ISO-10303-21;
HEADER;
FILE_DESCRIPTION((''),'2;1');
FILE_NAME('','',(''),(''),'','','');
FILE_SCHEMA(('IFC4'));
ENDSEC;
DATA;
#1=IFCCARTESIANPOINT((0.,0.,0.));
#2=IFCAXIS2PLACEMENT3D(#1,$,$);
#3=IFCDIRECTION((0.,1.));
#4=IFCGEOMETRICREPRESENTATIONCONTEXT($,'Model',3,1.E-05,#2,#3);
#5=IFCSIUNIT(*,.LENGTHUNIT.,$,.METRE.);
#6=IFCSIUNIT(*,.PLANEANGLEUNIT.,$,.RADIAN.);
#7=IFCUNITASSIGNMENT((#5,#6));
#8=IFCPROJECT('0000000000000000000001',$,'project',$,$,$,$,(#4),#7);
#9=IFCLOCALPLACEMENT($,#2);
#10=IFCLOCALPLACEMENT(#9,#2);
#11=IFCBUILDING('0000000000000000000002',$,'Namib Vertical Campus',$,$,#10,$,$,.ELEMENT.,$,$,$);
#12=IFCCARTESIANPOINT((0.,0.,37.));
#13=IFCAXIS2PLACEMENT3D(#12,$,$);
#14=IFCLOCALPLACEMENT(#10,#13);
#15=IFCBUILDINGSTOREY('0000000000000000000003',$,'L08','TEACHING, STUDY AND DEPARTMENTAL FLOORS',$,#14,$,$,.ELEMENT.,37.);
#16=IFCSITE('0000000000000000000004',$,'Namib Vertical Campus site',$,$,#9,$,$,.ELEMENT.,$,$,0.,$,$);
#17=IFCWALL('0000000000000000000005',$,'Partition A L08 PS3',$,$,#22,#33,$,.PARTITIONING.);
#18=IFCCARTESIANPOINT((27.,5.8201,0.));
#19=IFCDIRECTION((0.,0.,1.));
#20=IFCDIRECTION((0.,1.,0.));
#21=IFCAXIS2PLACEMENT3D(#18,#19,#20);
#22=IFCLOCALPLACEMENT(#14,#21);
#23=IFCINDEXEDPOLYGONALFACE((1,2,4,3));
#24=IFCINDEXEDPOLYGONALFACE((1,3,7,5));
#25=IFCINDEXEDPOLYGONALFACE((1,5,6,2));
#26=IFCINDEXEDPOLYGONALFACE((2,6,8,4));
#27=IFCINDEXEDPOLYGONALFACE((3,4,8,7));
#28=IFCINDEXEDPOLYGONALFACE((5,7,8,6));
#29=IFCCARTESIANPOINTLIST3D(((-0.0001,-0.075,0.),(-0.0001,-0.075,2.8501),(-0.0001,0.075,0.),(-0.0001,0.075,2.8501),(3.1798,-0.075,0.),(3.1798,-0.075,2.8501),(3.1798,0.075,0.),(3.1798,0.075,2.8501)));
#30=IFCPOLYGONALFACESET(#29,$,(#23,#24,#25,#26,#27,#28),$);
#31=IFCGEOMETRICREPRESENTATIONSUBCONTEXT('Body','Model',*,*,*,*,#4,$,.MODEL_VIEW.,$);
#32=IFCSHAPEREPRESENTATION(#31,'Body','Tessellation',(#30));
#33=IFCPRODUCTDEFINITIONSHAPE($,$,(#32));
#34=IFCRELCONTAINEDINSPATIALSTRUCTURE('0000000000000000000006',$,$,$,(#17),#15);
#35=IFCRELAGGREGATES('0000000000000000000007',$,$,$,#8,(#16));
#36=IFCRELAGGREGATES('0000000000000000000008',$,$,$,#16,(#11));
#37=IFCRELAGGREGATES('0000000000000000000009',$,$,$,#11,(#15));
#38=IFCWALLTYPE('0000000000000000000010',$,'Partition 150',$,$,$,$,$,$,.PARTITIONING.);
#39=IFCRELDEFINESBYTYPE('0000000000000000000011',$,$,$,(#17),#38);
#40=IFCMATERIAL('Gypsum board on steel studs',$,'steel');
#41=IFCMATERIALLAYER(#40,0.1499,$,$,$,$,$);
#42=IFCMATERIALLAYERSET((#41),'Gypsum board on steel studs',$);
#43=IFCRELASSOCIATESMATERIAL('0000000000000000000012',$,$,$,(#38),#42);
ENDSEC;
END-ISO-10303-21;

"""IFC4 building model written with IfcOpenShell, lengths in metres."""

from ifc_helpers import new_model, si_unit, direction, frame, frame_2d, origin, place, context, subcontext, project, spatial, rectangle, extrude, material, layer, layer_set, type_object, element, save


model = new_model("IFC4")

# Units and contexts
model_context = context("Model", 3, precision=1e-05, world=origin(), true_north=direction((0.0, 1.0)))
body_context = subcontext(model_context, "Body", "Model", "MODEL_VIEW")
ifc_project = project(units=[si_unit("LENGTHUNIT", "METRE"), si_unit("PLANEANGLEUNIT", "RADIAN")], contexts=[model_context])

# Site, building, storey
site_placement = place(None, origin())
site = spatial("IfcSite", under=ifc_project, at=site_placement, Name="Namib Vertical Campus site", CompositionType="ELEMENT", RefElevation=0.0)
building_placement = place(site_placement, origin())
building = spatial("IfcBuilding", under=site, at=building_placement, Name="Namib Vertical Campus", CompositionType="ELEMENT")
storey_placement = place(building_placement, frame((0.0, 0.0, 37.0)))
storey = spatial("IfcBuildingStorey", under=building, at=storey_placement, Name="L08", Description="TEACHING, STUDY AND DEPARTMENTAL FLOORS", CompositionType="ELEMENT", Elevation=37.0)

# Wall
ifc_material_1 = material(Name="Gypsum board on steel studs", Category="steel")
ifc_layer_1 = layer(ifc_material_1, 0.1499)
ifc_layer_set_1 = layer_set([ifc_layer_1], Name="Gypsum board on steel studs")
wall_type_1 = type_object("IfcWallType", Name="Partition 150", PredefinedType="PARTITIONING", material=ifc_layer_set_1)
wall_1_placement = place(storey_placement, frame((27.0, 5.8201, 0.0), z_axis=(0.0, 0.0, 1.0), x_axis=(0.0, 1.0, 0.0)))
element("IfcWall", 1, at=wall_1_placement, inside=storey, type_object=wall_type_1, Name="Partition A L08 PS3", PredefinedType="PARTITIONING", context=body_context, shape_type="SweptSolid", body=[
    extrude(rectangle(XDim=3.1799, YDim=0.1499, at=frame_2d((1.5898, 0.0))), origin(), (0.0, 0.0, 1.0), 2.8501),
])

save(model, "model.ifc")
